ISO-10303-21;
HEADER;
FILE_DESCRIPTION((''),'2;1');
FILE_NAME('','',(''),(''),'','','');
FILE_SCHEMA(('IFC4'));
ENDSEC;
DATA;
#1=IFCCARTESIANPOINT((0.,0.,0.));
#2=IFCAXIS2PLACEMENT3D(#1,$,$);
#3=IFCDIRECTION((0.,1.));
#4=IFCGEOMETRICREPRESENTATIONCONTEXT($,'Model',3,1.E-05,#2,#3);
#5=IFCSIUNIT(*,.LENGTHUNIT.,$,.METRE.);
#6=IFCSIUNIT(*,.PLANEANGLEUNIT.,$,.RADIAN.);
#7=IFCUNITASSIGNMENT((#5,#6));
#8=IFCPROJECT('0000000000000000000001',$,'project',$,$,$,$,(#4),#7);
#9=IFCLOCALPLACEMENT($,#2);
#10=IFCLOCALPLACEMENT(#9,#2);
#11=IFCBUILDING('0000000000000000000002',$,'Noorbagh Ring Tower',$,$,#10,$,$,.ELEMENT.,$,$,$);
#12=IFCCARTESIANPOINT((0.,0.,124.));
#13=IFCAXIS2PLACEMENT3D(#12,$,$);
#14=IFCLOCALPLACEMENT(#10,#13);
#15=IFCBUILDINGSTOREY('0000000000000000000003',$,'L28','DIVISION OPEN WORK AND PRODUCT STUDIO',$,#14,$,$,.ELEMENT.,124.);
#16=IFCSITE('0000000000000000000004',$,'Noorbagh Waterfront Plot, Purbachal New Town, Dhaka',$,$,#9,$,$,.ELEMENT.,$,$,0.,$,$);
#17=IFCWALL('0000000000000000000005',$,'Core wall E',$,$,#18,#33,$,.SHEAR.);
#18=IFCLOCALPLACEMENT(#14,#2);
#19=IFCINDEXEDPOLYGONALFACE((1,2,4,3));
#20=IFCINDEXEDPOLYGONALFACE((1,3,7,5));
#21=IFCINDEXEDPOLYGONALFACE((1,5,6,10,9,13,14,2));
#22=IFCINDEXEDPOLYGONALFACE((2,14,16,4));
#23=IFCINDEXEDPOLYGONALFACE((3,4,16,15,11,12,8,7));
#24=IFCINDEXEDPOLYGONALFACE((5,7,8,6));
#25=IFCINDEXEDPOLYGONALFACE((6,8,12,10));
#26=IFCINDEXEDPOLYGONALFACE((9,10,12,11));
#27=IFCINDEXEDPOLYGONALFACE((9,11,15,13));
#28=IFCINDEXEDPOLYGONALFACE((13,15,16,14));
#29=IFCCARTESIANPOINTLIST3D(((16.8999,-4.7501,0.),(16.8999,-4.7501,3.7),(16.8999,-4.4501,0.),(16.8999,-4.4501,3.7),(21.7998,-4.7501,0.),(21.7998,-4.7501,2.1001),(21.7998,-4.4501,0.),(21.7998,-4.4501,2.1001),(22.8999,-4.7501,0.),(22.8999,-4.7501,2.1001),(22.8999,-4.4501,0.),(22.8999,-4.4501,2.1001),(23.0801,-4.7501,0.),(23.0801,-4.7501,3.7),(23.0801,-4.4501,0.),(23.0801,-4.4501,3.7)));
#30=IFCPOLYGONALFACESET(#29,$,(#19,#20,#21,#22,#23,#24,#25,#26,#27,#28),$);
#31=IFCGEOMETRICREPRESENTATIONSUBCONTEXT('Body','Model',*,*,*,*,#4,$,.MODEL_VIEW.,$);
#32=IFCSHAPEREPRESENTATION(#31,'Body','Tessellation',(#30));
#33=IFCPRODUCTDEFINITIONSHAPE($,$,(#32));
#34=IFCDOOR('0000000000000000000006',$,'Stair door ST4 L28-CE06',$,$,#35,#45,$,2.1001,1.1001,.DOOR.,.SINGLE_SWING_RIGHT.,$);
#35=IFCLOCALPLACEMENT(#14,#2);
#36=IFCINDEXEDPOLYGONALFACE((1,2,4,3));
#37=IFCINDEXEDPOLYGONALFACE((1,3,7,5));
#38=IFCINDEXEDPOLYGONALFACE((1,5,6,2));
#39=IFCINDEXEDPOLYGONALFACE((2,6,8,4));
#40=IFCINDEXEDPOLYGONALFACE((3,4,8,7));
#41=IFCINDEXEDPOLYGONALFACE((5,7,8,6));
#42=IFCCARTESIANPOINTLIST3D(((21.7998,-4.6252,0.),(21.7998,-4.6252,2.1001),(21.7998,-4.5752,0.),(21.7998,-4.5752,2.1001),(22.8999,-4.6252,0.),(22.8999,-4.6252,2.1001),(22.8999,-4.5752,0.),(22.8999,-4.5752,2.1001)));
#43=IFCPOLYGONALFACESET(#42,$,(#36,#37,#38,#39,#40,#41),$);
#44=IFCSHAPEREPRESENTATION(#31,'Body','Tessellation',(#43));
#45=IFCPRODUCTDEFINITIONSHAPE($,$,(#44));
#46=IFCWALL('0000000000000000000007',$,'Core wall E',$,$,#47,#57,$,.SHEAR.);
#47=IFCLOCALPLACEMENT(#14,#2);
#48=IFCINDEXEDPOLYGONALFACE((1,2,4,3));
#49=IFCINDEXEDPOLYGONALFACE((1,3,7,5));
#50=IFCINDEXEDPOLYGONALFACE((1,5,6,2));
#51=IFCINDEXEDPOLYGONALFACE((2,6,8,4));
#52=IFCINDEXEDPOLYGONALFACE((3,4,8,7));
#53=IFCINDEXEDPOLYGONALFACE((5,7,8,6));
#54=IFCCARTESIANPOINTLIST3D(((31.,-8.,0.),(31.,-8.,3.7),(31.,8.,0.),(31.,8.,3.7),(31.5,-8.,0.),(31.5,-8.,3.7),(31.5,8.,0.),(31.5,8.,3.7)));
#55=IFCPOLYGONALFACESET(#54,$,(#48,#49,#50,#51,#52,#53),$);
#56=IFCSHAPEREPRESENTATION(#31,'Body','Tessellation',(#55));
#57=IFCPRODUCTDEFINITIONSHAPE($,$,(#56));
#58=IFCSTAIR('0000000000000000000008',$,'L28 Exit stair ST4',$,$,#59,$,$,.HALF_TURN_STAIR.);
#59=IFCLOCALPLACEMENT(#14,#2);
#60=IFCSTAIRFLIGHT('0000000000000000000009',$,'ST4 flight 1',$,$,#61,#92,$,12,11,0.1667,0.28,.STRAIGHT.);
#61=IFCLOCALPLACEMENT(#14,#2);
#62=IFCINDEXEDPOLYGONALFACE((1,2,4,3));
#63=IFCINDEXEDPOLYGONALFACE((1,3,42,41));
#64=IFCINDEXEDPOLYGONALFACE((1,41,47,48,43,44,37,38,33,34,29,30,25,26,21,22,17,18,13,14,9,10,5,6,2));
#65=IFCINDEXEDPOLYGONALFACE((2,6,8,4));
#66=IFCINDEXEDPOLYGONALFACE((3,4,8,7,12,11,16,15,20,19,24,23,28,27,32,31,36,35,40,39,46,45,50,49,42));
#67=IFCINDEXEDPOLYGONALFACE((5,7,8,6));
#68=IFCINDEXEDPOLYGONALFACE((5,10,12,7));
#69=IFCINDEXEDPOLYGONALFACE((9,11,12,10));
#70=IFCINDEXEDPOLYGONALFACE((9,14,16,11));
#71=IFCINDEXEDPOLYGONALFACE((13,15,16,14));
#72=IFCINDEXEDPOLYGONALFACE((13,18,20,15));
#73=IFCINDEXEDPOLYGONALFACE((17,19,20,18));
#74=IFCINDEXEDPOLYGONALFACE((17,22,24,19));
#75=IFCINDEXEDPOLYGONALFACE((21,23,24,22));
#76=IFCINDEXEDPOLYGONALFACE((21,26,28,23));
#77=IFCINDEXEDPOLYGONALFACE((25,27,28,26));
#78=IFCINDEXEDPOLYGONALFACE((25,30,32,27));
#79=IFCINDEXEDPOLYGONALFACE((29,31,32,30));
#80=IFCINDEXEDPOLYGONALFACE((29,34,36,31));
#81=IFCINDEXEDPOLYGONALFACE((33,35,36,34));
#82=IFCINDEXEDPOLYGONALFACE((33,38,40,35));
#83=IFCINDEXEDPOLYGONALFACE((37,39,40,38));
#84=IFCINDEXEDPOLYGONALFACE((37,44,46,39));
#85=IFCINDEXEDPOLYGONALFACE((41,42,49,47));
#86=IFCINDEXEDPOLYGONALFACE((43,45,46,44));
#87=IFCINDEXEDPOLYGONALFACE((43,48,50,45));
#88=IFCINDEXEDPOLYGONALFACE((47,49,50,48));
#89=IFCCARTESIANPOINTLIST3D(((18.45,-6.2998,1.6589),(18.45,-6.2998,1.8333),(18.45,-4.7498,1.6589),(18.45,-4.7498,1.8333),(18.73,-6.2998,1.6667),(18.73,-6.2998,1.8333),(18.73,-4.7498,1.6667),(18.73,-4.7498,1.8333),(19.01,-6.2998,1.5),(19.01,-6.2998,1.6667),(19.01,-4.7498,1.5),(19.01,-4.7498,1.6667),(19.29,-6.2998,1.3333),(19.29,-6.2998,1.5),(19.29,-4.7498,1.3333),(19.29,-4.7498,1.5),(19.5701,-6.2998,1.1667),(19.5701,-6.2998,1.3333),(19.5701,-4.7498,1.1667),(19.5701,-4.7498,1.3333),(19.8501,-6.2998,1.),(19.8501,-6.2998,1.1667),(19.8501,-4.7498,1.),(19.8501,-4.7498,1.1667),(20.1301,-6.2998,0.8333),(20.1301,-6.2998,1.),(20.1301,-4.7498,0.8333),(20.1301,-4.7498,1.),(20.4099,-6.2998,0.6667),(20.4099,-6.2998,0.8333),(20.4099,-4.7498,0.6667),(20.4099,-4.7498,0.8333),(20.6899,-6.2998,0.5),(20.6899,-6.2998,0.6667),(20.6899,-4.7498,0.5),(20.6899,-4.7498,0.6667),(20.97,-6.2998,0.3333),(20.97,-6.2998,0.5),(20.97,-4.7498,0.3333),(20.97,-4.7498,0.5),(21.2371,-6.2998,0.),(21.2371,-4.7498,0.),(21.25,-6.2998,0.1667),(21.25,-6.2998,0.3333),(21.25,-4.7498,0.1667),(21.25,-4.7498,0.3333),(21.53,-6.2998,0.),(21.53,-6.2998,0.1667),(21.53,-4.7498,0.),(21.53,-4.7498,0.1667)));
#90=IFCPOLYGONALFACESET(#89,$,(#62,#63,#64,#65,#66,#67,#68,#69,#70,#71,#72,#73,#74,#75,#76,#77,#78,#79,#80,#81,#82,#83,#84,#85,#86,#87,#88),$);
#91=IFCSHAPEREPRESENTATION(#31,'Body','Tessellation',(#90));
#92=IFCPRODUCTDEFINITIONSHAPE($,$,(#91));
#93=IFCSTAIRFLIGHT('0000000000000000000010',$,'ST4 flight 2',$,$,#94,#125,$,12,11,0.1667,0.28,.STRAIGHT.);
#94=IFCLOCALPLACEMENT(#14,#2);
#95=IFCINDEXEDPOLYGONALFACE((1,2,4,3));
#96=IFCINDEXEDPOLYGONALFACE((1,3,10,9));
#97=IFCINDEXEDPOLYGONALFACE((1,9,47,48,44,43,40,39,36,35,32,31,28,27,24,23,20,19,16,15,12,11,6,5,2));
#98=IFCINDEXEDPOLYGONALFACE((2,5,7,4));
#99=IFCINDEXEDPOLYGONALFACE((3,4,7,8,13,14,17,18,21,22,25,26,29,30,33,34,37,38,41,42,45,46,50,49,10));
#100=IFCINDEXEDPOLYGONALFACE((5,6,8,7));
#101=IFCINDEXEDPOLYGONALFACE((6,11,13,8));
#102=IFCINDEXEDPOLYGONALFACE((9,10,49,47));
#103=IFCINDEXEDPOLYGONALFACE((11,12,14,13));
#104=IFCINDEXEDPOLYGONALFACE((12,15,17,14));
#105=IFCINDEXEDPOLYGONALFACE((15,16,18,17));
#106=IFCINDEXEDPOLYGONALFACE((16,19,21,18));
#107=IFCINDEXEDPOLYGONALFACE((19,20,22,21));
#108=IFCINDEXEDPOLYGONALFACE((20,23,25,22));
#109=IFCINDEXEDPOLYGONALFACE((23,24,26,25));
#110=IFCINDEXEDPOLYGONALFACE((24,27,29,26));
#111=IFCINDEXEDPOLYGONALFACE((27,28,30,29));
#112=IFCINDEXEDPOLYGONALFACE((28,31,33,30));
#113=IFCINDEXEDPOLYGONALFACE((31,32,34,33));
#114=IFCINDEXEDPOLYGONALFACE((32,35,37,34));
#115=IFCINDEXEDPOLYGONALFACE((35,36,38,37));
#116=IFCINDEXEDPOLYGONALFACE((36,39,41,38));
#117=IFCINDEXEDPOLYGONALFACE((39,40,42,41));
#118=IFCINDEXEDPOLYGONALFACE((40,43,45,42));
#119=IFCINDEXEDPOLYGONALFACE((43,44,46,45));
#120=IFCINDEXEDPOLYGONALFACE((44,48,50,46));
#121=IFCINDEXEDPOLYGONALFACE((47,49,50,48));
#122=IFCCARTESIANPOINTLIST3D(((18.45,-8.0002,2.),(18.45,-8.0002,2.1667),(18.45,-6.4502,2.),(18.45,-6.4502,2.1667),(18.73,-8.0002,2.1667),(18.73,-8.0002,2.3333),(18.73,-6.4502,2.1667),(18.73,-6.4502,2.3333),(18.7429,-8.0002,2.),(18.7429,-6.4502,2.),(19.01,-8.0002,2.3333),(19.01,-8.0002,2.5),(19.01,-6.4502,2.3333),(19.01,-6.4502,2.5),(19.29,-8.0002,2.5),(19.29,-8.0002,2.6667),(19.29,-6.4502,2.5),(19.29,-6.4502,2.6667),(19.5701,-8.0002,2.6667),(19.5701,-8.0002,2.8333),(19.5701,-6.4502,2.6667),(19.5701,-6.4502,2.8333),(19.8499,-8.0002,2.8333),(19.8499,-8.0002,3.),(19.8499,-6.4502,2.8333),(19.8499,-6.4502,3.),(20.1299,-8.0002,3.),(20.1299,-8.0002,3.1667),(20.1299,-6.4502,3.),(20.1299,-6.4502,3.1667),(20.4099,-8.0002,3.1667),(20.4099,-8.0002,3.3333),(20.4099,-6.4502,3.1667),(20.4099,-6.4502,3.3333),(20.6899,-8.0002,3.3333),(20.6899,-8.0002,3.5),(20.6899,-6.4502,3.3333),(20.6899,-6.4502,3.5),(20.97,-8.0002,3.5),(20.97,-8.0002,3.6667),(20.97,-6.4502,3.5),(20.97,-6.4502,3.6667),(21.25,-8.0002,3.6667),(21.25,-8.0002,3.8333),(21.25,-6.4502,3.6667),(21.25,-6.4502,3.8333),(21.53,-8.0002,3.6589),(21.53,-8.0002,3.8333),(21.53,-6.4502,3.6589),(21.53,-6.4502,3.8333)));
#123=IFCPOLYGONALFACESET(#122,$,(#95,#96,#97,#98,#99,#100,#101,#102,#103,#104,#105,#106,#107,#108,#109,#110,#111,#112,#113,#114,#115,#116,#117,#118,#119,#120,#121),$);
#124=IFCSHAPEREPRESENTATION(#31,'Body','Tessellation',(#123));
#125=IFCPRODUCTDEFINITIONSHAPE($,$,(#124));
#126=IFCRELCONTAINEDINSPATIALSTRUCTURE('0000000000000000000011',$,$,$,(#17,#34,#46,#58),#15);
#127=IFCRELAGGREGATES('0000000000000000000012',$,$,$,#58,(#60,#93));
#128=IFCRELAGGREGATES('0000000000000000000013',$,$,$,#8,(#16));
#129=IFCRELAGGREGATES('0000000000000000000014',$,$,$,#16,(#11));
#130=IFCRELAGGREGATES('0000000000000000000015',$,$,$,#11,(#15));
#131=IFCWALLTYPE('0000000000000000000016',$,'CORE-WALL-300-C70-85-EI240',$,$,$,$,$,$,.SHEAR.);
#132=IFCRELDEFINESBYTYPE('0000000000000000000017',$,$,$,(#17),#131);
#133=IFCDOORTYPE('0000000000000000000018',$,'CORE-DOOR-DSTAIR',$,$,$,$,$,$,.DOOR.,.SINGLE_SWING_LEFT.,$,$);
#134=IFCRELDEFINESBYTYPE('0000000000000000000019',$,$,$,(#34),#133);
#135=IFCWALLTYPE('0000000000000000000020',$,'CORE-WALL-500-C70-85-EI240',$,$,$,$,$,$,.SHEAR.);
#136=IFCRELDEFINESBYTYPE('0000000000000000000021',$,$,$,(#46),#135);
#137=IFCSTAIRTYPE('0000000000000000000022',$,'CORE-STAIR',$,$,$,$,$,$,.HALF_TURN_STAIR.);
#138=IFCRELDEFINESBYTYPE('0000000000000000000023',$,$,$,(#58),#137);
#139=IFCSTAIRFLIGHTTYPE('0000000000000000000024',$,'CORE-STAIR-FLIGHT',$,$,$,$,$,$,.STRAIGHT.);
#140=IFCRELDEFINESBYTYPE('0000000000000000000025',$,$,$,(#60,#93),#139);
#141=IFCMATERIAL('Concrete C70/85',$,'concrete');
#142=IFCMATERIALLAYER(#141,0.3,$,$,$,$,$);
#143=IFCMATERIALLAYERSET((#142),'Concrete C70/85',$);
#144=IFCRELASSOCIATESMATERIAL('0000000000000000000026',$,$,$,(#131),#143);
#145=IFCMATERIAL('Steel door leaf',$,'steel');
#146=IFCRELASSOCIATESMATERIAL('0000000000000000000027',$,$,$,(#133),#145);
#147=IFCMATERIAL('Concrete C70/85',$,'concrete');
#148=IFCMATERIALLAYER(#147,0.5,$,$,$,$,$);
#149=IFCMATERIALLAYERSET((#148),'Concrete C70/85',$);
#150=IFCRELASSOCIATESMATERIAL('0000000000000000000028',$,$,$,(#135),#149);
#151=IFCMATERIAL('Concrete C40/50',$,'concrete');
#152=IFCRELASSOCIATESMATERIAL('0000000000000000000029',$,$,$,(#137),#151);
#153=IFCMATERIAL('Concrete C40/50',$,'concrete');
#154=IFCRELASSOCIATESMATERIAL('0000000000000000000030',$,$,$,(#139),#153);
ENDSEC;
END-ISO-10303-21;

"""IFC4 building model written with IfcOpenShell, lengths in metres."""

from ifc_helpers import new_model, si_unit, direction, frame, frame_2d, origin, place, context, subcontext, project, spatial, polyline, rectangle, outline, extrude, material, layer, layer_set, type_object, element, fill, aggregate, save


model = new_model("IFC4")

# Units and contexts
model_context = context("Model", 3, precision=1e-05, world=origin(), true_north=direction((0.0, 1.0)))
body_context = subcontext(model_context, "Body", "Model", "MODEL_VIEW")
ifc_project = project(units=[si_unit("LENGTHUNIT", "METRE"), si_unit("PLANEANGLEUNIT", "RADIAN")], contexts=[model_context])

# Site, building, storey
site_placement = place(None, origin())
site = spatial("IfcSite", under=ifc_project, at=site_placement, Name="Noorbagh Waterfront Plot, Purbachal New Town, Dhaka", CompositionType="ELEMENT", RefElevation=0.0)
building_placement = place(site_placement, origin())
building = spatial("IfcBuilding", under=site, at=building_placement, Name="Noorbagh Ring Tower", CompositionType="ELEMENT")
storey_placement = place(building_placement, frame((0.0, 0.0, 124.0)))
storey = spatial("IfcBuildingStorey", under=building, at=storey_placement, Name="L28", Description="DIVISION OPEN WORK AND PRODUCT STUDIO", CompositionType="ELEMENT", Elevation=124.0)

# Shared definitions
ifc_material_1 = material(Name="Concrete C70/85", Category="concrete")
ifc_layer_1 = layer(ifc_material_1, 0.3)
ifc_layer_set_1 = layer_set([ifc_layer_1], Name="Concrete C70/85")
wall_type_1 = type_object("IfcWallType", Name="CORE-WALL-300-C70-85-EI240", PredefinedType="SHEAR", material=ifc_layer_set_1)

# Wall, opening, door
wall_1_placement = place(storey_placement, frame((16.8999, -4.6001, 0.0), z_axis=(0.0, 0.0, 1.0), x_axis=(1.0, 0.0, 0.0)))
wall_1 = element("IfcWall", 1, at=wall_1_placement, inside=storey, type_object=wall_type_1, Name="Core wall E", PredefinedType="SHEAR", context=body_context, shape_type="SweptSolid", body=[
    extrude(rectangle(XDim=6.1802, YDim=0.3, at=frame_2d((3.0901, 0.0))), origin(), (0.0, 0.0, 1.0), 3.7),
])
opening_1_placement = place(wall_1_placement, frame((4.8999, 0.0, 0.0)))
opening_1 = element("IfcOpeningElement", 2, at=opening_1_placement, cuts=wall_1, PredefinedType="OPENING", context=body_context, shape_type="SweptSolid", body=[
    extrude(rectangle(XDim=1.1001, YDim=2.1001, at=frame_2d((0.55, 1.05))), frame((0.0, 0.1602, 0.0), z_axis=(0.0, -1.0, 0.0), x_axis=(1.0, 0.0, 0.0)), (0.0, 0.0, 1.0), 0.3201),
])
ifc_material_2 = material(Name="Steel door leaf", Category="steel")
door_type_1 = type_object("IfcDoorType", Name="CORE-DOOR-DSTAIR", OperationType="SINGLE_SWING_LEFT", PredefinedType="DOOR", material=ifc_material_2)
door_1_placement = place(opening_1_placement, origin())
door_1 = element("IfcDoor", 3, at=door_1_placement, inside=storey, type_object=door_type_1, Name="Stair door ST4 L28-CE06", OperationType="SINGLE_SWING_RIGHT", OverallHeight=2.1001, OverallWidth=1.1001, PredefinedType="DOOR", context=body_context, shape_type="SweptSolid", body=[
    extrude(rectangle(XDim=1.1001, YDim=2.1001, at=frame_2d((0.55, 1.05))), frame((0.0, 0.0249, 0.0), z_axis=(0.0, -1.0, 0.0), x_axis=(1.0, 0.0, 0.0)), (0.0, 0.0, 1.0), 0.05),
])
fill(opening_1, door_1)

# Wall
ifc_material_3 = material(Name="Concrete C70/85", Category="concrete")
ifc_layer_2 = layer(ifc_material_3, 0.5)
ifc_layer_set_2 = layer_set([ifc_layer_2], Name="Concrete C70/85")
wall_type_2 = type_object("IfcWallType", Name="CORE-WALL-500-C70-85-EI240", PredefinedType="SHEAR", material=ifc_layer_set_2)
wall_2_placement = place(storey_placement, frame((31.25, -8.0, 0.0), z_axis=(0.0, 0.0, 1.0), x_axis=(0.0, 1.0, 0.0)))
element("IfcWall", 4, at=wall_2_placement, inside=storey, type_object=wall_type_2, Name="Core wall E", PredefinedType="SHEAR", context=body_context, shape_type="SweptSolid", body=[
    extrude(rectangle(XDim=16.0, YDim=0.5, at=frame_2d((8.0, 0.0))), origin(), (0.0, 0.0, 1.0), 3.7),
])

# Stair, stair flights
ifc_material_4 = material(Name="Concrete C40/50", Category="concrete")
stair_type = type_object("IfcStairType", Name="CORE-STAIR", PredefinedType="HALF_TURN_STAIR", material=ifc_material_4)
stair_placement = place(storey_placement, origin())
stair = element("IfcStair", 5, at=stair_placement, inside=storey, type_object=stair_type, Name="L28 Exit stair ST4", PredefinedType="HALF_TURN_STAIR")
ifc_material_5 = material(Name="Concrete C40/50", Category="concrete")
stair_flight_type = type_object("IfcStairFlightType", Name="CORE-STAIR-FLIGHT", PredefinedType="STRAIGHT", material=ifc_material_5)
stair_flight_1_placement = place(storey_placement, frame((21.53, -5.5249, 0.0), z_axis=(0.0, 0.0, 1.0), x_axis=(-1.0, 0.0, 0.0)))
stair_flight_1 = element("IfcStairFlight", 6, at=stair_flight_1_placement, type_object=stair_flight_type, Name="ST4 flight 1", NumberOfRisers=12, NumberOfTreads=11, PredefinedType="STRAIGHT", RiserHeight=0.1667, TreadLength=0.28, context=body_context, shape_type="SweptSolid", body=[
    extrude(outline(polyline([(0.0, 0.0), (0.0, 0.1667), (0.28, 0.1667), (0.28, 0.3333), (0.5601, 0.3333), (0.5601, 0.5), (0.8401, 0.5), (0.8401, 0.6667), (1.1201, 0.6667), (1.1201, 0.8333), (1.3999, 0.8333), (1.3999, 1.0), (1.6799, 1.0), (1.6799, 1.1667), (1.96, 1.1667), (1.96, 1.3333), (2.24, 1.3333), (2.24, 1.5), (2.52, 1.5), (2.52, 1.6667), (2.8, 1.6667), (2.8, 1.8333), (3.0801, 1.8333), (3.0801, 2.0), (3.0801, 1.6589), (0.293, 0.0), (0.0, 0.0)])), frame((0.0, 0.7749, 0.0), z_axis=(0.0, -1.0, 0.0), x_axis=(1.0, 0.0, 0.0)), (0.0, 0.0, 1.0), 1.55),
])
stair_flight_2_placement = place(storey_placement, frame((18.45, -7.2251, 2.0), z_axis=(0.0, 0.0, 1.0), x_axis=(1.0, 0.0, 0.0)))
stair_flight_2 = element("IfcStairFlight", 7, at=stair_flight_2_placement, type_object=stair_flight_type, Name="ST4 flight 2", NumberOfRisers=12, NumberOfTreads=11, PredefinedType="STRAIGHT", RiserHeight=0.1667, TreadLength=0.28, context=body_context, shape_type="SweptSolid", body=[
    extrude(outline(polyline([(0.0, 0.0), (0.0, 0.1667), (0.28, 0.1667), (0.28, 0.3333), (0.5601, 0.3333), (0.5601, 0.5), (0.8401, 0.5), (0.8401, 0.6667), (1.1201, 0.6667), (1.1201, 0.8333), (1.3999, 0.8333), (1.3999, 1.0), (1.6799, 1.0), (1.6799, 1.1667), (1.96, 1.1667), (1.96, 1.3333), (2.24, 1.3333), (2.24, 1.5), (2.52, 1.5), (2.52, 1.6667), (2.8, 1.6667), (2.8, 1.8333), (3.0801, 1.8333), (3.0801, 2.0), (3.0801, 1.6589), (0.293, 0.0), (0.0, 0.0)])), frame((0.0, 0.7749, 0.0), z_axis=(0.0, -1.0, 0.0), x_axis=(1.0, 0.0, 0.0)), (0.0, 0.0, 1.0), 1.55),
])
aggregate(stair, [stair_flight_1, stair_flight_2])

save(model, "model.ifc")
